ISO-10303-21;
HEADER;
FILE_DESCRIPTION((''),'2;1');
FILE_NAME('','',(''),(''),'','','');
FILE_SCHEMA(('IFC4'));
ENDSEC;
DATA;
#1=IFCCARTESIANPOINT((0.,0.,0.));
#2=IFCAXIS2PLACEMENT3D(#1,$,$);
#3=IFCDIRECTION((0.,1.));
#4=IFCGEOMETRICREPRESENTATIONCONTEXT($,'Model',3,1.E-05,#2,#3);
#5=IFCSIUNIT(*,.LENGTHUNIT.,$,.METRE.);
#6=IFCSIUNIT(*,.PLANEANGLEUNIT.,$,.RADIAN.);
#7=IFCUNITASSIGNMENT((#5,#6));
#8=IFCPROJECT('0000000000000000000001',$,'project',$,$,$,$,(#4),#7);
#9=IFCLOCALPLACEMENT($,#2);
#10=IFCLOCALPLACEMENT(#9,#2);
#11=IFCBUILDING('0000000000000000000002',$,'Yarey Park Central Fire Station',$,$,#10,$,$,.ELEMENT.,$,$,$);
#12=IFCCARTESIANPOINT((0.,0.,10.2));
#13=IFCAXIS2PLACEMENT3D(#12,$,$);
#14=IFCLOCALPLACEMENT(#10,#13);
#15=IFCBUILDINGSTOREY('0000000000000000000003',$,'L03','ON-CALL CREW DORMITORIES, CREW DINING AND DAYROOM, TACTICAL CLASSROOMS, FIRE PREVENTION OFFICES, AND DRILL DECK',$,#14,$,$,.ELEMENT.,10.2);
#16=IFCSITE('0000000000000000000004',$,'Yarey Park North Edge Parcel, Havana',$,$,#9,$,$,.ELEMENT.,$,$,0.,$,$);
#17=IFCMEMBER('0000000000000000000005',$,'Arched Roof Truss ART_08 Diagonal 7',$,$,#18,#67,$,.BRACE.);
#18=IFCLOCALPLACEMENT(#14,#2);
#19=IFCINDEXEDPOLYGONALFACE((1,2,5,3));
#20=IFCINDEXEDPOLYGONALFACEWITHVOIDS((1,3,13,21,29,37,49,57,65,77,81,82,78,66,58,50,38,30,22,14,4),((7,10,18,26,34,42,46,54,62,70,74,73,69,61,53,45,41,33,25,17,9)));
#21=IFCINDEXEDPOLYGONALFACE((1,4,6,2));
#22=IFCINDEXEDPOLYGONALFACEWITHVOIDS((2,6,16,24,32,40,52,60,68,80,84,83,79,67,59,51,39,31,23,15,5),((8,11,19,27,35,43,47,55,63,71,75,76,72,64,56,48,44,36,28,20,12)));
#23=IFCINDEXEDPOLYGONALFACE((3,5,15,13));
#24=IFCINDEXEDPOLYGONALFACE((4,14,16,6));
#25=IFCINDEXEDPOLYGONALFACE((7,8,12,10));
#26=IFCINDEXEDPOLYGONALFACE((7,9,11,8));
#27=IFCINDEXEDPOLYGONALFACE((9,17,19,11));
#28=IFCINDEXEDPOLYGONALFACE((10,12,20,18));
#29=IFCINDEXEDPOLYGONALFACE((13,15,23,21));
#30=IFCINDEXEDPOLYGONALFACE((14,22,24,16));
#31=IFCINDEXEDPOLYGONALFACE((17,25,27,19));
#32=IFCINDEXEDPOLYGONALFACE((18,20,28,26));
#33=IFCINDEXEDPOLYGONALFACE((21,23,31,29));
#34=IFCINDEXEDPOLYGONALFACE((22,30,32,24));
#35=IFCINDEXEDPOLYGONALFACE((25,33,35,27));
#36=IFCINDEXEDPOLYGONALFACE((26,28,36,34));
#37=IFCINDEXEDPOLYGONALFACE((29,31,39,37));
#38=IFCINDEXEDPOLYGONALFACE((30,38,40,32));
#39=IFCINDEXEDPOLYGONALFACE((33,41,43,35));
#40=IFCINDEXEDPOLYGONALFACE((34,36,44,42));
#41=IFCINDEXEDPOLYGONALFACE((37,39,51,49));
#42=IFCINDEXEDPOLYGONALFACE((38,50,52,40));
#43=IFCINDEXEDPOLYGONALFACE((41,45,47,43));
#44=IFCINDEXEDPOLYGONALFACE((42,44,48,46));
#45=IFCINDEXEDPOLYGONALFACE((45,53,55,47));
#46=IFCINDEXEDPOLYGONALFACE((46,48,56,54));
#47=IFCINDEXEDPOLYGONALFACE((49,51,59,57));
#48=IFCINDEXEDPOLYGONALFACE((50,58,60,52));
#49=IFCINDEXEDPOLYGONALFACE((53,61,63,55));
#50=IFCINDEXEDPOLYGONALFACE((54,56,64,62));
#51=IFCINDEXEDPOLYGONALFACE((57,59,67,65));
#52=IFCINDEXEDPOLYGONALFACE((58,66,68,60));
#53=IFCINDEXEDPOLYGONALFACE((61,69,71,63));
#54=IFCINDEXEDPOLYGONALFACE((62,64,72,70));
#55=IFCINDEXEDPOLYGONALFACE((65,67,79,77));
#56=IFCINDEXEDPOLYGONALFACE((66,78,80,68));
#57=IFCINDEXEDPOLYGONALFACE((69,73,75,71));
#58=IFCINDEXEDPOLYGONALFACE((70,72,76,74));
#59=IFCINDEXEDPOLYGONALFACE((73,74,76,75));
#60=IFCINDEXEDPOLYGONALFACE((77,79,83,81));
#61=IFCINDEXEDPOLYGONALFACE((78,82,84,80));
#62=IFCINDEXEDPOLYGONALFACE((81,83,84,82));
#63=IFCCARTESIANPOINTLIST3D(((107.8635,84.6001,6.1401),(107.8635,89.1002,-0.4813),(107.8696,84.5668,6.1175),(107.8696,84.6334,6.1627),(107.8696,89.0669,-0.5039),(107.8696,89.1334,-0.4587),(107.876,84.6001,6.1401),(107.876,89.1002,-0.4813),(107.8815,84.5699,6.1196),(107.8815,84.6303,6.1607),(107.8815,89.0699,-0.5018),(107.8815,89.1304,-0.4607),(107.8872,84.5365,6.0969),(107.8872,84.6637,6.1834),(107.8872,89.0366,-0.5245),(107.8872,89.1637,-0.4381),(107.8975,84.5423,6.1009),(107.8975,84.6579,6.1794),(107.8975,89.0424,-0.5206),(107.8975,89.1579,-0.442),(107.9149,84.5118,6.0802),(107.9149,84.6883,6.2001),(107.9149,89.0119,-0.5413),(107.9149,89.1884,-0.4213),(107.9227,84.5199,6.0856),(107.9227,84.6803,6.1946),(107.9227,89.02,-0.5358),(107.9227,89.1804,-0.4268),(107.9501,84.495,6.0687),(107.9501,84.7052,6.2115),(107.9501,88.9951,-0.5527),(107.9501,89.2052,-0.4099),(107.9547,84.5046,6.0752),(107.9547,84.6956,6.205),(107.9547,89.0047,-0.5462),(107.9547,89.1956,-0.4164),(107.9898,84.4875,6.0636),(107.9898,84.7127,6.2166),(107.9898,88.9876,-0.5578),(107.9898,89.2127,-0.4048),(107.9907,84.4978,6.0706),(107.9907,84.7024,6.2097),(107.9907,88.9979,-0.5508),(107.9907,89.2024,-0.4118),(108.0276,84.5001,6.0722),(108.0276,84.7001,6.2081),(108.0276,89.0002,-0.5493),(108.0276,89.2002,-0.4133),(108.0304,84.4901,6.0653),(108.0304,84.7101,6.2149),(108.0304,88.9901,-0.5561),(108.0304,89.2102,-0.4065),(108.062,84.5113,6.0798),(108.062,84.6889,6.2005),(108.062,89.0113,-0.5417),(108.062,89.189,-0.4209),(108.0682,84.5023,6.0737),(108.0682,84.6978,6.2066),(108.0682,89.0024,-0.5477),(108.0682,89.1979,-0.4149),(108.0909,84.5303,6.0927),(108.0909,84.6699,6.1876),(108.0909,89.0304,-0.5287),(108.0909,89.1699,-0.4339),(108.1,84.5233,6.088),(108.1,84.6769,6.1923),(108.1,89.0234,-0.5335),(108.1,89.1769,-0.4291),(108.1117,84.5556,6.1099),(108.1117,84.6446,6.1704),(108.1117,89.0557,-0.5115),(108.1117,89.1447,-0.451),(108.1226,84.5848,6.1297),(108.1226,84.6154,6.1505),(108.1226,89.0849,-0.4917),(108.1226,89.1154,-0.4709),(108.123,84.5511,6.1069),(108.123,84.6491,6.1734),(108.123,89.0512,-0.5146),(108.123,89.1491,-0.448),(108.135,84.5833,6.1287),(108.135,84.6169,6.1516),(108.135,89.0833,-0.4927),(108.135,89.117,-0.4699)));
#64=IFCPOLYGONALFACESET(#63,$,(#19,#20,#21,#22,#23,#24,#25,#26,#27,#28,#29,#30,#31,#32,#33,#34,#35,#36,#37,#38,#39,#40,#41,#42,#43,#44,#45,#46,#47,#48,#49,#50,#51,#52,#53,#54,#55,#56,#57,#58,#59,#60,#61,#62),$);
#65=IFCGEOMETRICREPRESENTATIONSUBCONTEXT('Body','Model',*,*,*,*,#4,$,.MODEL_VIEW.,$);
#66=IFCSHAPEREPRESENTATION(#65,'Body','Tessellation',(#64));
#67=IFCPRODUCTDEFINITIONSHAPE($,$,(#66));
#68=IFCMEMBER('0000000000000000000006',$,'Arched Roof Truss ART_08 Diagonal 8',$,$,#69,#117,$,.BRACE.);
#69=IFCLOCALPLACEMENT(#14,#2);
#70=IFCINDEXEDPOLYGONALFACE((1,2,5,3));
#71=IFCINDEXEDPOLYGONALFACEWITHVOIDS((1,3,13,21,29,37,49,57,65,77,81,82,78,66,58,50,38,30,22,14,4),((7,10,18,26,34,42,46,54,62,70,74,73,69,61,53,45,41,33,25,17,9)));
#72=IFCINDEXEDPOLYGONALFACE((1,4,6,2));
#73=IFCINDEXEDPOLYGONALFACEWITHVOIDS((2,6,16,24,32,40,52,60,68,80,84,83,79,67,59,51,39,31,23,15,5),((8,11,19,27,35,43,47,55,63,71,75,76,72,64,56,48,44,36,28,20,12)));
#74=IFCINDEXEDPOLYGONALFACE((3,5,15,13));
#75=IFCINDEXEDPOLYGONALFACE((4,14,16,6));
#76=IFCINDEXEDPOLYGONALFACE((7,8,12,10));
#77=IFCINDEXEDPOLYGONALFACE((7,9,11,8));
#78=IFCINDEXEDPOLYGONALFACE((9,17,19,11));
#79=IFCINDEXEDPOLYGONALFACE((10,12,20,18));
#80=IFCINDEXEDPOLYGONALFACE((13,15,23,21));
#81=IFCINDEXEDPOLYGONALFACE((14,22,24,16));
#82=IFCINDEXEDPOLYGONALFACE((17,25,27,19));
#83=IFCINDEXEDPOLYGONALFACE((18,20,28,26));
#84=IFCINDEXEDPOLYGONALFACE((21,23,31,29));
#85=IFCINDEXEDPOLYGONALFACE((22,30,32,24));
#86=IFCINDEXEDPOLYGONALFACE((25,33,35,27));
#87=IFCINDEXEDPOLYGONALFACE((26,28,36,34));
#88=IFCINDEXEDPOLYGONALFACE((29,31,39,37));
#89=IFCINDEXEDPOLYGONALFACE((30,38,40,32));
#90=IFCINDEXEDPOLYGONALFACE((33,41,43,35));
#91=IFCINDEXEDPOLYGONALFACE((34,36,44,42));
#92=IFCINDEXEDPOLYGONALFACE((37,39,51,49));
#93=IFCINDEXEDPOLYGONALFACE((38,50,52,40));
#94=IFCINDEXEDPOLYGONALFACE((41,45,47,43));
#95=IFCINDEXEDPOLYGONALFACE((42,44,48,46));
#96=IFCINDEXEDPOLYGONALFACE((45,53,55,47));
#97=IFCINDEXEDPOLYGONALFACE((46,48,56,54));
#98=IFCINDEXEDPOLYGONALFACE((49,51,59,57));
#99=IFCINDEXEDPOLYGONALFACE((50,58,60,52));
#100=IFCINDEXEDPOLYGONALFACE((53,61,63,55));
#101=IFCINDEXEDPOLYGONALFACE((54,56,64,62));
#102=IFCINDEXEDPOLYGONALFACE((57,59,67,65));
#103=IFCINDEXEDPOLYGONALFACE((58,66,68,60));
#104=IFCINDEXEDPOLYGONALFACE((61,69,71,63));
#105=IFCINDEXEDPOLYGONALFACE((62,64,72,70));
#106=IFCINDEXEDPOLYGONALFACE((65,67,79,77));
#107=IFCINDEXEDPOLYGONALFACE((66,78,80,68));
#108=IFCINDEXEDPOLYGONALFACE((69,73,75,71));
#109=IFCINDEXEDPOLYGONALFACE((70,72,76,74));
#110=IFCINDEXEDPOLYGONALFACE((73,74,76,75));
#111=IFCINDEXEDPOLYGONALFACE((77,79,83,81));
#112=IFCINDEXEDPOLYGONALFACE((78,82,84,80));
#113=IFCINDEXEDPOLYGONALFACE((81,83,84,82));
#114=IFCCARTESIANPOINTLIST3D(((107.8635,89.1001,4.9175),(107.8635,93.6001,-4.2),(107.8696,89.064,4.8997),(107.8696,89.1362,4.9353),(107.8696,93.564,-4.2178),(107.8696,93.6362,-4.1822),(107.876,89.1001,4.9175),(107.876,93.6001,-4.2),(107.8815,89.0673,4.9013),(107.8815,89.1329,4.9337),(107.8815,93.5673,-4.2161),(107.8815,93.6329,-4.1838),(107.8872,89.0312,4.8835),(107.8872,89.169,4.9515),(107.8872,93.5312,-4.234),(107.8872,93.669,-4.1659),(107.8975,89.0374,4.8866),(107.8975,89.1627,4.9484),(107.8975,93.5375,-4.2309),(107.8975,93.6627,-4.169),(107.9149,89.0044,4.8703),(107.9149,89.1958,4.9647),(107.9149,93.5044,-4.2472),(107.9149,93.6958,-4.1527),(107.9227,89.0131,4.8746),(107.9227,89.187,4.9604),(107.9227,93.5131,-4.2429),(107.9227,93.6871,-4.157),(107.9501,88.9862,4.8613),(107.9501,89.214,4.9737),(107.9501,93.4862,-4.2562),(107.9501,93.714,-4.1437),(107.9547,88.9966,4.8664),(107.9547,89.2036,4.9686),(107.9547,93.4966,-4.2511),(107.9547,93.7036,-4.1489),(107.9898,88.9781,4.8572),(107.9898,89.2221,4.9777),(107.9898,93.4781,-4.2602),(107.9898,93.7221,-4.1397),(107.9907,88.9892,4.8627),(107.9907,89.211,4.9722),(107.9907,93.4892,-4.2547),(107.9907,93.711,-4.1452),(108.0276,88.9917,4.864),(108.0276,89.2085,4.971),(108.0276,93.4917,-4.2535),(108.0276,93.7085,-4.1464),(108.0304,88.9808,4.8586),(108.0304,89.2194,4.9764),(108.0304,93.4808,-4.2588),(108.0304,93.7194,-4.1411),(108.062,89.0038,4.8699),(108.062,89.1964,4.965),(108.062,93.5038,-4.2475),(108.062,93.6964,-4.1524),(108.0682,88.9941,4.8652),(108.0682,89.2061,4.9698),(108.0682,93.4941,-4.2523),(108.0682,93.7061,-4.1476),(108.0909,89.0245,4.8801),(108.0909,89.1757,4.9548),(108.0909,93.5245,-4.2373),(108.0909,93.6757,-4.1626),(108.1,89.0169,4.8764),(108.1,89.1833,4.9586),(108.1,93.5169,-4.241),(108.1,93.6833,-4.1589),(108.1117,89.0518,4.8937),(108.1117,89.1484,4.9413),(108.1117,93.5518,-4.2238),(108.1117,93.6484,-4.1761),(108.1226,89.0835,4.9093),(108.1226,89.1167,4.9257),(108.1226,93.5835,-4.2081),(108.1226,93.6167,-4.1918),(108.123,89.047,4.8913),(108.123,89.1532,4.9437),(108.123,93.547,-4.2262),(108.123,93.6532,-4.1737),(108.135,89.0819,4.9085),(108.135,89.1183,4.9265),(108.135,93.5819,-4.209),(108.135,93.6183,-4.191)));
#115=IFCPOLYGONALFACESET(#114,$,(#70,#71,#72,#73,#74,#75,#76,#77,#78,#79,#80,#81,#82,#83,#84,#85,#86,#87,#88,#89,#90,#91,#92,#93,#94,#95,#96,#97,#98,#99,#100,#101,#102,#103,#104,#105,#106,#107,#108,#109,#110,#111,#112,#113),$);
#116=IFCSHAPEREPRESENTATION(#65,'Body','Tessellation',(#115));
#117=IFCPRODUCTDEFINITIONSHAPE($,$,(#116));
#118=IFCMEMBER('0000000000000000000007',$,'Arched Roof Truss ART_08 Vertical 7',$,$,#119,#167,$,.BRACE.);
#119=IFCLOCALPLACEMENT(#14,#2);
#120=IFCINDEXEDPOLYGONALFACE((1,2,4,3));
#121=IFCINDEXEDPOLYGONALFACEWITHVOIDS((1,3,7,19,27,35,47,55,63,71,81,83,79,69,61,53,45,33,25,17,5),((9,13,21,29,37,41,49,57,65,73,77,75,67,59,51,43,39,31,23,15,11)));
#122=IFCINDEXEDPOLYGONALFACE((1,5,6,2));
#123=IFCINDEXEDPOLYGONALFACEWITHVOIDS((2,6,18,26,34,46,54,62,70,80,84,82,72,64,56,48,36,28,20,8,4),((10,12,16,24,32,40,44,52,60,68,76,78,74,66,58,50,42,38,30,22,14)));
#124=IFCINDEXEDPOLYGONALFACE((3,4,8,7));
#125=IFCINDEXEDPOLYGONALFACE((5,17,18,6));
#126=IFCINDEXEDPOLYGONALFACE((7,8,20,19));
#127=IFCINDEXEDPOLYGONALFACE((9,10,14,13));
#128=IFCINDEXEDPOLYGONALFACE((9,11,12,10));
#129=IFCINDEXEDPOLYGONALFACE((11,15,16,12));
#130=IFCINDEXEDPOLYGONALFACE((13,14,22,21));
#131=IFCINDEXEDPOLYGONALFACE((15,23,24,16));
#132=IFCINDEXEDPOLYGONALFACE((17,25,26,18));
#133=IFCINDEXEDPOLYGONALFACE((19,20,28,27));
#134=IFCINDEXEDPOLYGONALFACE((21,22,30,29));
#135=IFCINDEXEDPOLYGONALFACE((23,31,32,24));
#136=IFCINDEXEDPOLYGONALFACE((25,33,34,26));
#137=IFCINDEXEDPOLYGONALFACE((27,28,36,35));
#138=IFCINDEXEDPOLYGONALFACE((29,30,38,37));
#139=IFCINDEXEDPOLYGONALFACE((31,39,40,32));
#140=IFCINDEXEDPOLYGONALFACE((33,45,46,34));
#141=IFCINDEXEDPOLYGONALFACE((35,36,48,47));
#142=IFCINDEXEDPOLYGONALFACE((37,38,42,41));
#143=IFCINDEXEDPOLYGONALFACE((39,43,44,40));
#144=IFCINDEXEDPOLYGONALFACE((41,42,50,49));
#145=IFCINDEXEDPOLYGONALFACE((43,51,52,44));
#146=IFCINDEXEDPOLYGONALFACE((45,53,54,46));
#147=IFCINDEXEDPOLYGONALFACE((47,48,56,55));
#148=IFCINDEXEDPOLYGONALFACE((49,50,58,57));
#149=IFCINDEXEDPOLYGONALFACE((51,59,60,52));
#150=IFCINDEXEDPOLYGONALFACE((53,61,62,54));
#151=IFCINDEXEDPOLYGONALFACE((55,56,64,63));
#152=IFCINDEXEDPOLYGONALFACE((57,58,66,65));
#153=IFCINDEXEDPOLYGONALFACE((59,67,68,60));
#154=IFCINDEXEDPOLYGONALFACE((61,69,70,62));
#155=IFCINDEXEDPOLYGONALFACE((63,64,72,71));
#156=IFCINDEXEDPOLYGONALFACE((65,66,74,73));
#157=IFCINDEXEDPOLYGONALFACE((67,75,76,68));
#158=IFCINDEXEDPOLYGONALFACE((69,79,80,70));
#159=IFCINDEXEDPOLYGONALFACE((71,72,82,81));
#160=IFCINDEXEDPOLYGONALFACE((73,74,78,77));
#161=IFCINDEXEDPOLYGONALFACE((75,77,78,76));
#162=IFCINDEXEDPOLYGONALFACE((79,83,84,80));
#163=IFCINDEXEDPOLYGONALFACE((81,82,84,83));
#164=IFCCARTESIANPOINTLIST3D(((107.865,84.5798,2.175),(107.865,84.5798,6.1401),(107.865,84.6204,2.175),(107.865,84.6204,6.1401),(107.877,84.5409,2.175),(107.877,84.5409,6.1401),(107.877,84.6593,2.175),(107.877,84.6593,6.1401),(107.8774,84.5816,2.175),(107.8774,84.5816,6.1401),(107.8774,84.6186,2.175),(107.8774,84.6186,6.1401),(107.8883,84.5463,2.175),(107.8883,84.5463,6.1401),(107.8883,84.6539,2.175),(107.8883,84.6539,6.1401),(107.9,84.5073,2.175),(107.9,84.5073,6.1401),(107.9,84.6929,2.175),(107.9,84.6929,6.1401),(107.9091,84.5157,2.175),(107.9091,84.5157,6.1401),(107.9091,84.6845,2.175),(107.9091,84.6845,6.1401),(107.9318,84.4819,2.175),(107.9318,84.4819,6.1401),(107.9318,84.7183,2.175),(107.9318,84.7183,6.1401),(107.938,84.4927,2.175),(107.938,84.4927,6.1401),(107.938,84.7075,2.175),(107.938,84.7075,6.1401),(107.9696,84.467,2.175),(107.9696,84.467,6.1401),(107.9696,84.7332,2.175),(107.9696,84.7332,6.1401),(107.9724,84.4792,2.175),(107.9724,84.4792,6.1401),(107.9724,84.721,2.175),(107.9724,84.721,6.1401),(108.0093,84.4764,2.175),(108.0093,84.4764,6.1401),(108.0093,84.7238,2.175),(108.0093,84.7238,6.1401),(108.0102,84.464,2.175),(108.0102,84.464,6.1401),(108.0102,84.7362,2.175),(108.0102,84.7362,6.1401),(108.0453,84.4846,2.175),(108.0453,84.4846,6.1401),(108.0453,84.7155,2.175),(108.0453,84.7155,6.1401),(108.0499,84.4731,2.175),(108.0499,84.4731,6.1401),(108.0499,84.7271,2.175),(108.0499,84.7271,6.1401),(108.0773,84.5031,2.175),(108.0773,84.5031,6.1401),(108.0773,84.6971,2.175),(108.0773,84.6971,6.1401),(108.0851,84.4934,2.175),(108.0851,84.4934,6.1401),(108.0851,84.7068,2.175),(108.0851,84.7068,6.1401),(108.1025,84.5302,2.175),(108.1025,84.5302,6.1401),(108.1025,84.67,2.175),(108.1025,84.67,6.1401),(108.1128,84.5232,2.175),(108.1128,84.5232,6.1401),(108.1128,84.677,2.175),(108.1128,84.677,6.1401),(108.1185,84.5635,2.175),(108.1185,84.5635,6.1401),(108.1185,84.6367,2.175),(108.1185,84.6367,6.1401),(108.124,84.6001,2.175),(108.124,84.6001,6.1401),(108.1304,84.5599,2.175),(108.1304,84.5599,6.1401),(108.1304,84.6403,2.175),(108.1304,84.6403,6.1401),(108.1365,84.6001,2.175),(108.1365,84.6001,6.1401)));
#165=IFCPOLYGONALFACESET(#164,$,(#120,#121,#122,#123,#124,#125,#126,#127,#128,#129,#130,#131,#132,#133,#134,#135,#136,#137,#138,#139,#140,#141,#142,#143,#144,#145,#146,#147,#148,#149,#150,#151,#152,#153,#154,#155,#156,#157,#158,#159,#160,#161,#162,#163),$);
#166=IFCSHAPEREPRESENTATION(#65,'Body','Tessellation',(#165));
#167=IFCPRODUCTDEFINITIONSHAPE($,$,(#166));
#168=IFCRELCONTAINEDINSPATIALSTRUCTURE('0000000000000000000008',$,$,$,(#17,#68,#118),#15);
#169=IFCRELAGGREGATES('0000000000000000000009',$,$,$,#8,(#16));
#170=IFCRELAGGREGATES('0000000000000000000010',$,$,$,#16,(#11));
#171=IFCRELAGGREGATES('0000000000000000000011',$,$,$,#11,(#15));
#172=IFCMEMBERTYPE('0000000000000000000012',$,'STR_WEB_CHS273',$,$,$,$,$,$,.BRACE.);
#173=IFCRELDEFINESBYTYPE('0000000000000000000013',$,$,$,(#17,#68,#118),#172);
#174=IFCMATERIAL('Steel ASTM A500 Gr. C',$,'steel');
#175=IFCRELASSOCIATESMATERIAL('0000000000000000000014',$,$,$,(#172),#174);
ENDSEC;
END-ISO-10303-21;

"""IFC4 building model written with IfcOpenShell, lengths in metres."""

from ifc_helpers import new_model, si_unit, direction, frame, origin, origin_2d, place, context, subcontext, project, spatial, hollow_circle, extrude, material, material_profile, profile_set, type_object, element, save


model = new_model("IFC4")

# Units and contexts
model_context = context("Model", 3, precision=1e-05, world=origin(), true_north=direction((0.0, 1.0)))
body_context = subcontext(model_context, "Body", "Model", "MODEL_VIEW")
ifc_project = project(units=[si_unit("LENGTHUNIT", "METRE"), si_unit("PLANEANGLEUNIT", "RADIAN")], contexts=[model_context])

# Site, building, storey
site_placement = place(None, origin())
site = spatial("IfcSite", under=ifc_project, at=site_placement, Name="Yarey Park North Edge Parcel, Havana", CompositionType="ELEMENT", RefElevation=0.0)
building_placement = place(site_placement, origin())
building = spatial("IfcBuilding", under=site, at=building_placement, Name="Yarey Park Central Fire Station", CompositionType="ELEMENT")
storey_placement = place(building_placement, frame((0.0, 0.0, 10.2)))
storey = spatial("IfcBuildingStorey", under=building, at=storey_placement, Name="L03", Description="ON-CALL CREW DORMITORIES, CREW DINING AND DAYROOM, TACTICAL CLASSROOMS, FIRE PREVENTION OFFICES, AND DRILL DECK", CompositionType="ELEMENT", Elevation=10.2)

# Members
ifc_material_1 = material(Name="Steel ASTM A500 Gr. C", Category="steel")
ifc_material_profile_1 = material_profile(ifc_material_1, hollow_circle(Radius=0.1365, WallThickness=0.0125, at=origin_2d()), Name="CHS 273x12.5")
ifc_profile_set_1 = profile_set([ifc_material_profile_1], Name="Steel ASTM A500 Gr. C")
member_type_1 = type_object("IfcMemberType", Name="STR_WEB_CHS273", PredefinedType="BRACE", material=ifc_profile_set_1)
member_1_placement = place(storey_placement, frame((108.0, 84.6001, 6.1401), z_axis=(0.0, 0.562096, -0.827072), x_axis=(-1.0, 0.0, 0.0)))
element("IfcMember", 1, at=member_1_placement, inside=storey, type_object=member_type_1, Name="Arched Roof Truss ART_08 Diagonal 7", PredefinedType="BRACE", context=body_context, shape_type="SweptSolid", body=[
    extrude(hollow_circle(Radius=0.1365, WallThickness=0.0125, at=origin_2d()), origin(), (0.0, 0.0, 1.0), 8.0059),
])
member_2_placement = place(storey_placement, frame((108.0, 89.1001, 4.9175), z_axis=(0.0, 0.442588, -0.896725), x_axis=(-1.0, 0.0, 0.0)))
element("IfcMember", 2, at=member_2_placement, inside=storey, type_object=member_type_1, Name="Arched Roof Truss ART_08 Diagonal 8", PredefinedType="BRACE", context=body_context, shape_type="SweptSolid", body=[
    extrude(hollow_circle(Radius=0.1365, WallThickness=0.0125, at=origin_2d()), origin(), (0.0, 0.0, 1.0), 10.1675),
])
member_3_placement = place(storey_placement, frame((108.0, 84.6001, 2.175), z_axis=(0.0, 0.0, 1.0), x_axis=(1.0, 0.0, 0.0)))
element("IfcMember", 3, at=member_3_placement, inside=storey, type_object=member_type_1, Name="Arched Roof Truss ART_08 Vertical 7", PredefinedType="BRACE", context=body_context, shape_type="SweptSolid", body=[
    extrude(hollow_circle(Radius=0.1365, WallThickness=0.0125, at=origin_2d()), origin(), (0.0, 0.0, 1.0), 3.9651),
])

save(model, "model.ifc")
